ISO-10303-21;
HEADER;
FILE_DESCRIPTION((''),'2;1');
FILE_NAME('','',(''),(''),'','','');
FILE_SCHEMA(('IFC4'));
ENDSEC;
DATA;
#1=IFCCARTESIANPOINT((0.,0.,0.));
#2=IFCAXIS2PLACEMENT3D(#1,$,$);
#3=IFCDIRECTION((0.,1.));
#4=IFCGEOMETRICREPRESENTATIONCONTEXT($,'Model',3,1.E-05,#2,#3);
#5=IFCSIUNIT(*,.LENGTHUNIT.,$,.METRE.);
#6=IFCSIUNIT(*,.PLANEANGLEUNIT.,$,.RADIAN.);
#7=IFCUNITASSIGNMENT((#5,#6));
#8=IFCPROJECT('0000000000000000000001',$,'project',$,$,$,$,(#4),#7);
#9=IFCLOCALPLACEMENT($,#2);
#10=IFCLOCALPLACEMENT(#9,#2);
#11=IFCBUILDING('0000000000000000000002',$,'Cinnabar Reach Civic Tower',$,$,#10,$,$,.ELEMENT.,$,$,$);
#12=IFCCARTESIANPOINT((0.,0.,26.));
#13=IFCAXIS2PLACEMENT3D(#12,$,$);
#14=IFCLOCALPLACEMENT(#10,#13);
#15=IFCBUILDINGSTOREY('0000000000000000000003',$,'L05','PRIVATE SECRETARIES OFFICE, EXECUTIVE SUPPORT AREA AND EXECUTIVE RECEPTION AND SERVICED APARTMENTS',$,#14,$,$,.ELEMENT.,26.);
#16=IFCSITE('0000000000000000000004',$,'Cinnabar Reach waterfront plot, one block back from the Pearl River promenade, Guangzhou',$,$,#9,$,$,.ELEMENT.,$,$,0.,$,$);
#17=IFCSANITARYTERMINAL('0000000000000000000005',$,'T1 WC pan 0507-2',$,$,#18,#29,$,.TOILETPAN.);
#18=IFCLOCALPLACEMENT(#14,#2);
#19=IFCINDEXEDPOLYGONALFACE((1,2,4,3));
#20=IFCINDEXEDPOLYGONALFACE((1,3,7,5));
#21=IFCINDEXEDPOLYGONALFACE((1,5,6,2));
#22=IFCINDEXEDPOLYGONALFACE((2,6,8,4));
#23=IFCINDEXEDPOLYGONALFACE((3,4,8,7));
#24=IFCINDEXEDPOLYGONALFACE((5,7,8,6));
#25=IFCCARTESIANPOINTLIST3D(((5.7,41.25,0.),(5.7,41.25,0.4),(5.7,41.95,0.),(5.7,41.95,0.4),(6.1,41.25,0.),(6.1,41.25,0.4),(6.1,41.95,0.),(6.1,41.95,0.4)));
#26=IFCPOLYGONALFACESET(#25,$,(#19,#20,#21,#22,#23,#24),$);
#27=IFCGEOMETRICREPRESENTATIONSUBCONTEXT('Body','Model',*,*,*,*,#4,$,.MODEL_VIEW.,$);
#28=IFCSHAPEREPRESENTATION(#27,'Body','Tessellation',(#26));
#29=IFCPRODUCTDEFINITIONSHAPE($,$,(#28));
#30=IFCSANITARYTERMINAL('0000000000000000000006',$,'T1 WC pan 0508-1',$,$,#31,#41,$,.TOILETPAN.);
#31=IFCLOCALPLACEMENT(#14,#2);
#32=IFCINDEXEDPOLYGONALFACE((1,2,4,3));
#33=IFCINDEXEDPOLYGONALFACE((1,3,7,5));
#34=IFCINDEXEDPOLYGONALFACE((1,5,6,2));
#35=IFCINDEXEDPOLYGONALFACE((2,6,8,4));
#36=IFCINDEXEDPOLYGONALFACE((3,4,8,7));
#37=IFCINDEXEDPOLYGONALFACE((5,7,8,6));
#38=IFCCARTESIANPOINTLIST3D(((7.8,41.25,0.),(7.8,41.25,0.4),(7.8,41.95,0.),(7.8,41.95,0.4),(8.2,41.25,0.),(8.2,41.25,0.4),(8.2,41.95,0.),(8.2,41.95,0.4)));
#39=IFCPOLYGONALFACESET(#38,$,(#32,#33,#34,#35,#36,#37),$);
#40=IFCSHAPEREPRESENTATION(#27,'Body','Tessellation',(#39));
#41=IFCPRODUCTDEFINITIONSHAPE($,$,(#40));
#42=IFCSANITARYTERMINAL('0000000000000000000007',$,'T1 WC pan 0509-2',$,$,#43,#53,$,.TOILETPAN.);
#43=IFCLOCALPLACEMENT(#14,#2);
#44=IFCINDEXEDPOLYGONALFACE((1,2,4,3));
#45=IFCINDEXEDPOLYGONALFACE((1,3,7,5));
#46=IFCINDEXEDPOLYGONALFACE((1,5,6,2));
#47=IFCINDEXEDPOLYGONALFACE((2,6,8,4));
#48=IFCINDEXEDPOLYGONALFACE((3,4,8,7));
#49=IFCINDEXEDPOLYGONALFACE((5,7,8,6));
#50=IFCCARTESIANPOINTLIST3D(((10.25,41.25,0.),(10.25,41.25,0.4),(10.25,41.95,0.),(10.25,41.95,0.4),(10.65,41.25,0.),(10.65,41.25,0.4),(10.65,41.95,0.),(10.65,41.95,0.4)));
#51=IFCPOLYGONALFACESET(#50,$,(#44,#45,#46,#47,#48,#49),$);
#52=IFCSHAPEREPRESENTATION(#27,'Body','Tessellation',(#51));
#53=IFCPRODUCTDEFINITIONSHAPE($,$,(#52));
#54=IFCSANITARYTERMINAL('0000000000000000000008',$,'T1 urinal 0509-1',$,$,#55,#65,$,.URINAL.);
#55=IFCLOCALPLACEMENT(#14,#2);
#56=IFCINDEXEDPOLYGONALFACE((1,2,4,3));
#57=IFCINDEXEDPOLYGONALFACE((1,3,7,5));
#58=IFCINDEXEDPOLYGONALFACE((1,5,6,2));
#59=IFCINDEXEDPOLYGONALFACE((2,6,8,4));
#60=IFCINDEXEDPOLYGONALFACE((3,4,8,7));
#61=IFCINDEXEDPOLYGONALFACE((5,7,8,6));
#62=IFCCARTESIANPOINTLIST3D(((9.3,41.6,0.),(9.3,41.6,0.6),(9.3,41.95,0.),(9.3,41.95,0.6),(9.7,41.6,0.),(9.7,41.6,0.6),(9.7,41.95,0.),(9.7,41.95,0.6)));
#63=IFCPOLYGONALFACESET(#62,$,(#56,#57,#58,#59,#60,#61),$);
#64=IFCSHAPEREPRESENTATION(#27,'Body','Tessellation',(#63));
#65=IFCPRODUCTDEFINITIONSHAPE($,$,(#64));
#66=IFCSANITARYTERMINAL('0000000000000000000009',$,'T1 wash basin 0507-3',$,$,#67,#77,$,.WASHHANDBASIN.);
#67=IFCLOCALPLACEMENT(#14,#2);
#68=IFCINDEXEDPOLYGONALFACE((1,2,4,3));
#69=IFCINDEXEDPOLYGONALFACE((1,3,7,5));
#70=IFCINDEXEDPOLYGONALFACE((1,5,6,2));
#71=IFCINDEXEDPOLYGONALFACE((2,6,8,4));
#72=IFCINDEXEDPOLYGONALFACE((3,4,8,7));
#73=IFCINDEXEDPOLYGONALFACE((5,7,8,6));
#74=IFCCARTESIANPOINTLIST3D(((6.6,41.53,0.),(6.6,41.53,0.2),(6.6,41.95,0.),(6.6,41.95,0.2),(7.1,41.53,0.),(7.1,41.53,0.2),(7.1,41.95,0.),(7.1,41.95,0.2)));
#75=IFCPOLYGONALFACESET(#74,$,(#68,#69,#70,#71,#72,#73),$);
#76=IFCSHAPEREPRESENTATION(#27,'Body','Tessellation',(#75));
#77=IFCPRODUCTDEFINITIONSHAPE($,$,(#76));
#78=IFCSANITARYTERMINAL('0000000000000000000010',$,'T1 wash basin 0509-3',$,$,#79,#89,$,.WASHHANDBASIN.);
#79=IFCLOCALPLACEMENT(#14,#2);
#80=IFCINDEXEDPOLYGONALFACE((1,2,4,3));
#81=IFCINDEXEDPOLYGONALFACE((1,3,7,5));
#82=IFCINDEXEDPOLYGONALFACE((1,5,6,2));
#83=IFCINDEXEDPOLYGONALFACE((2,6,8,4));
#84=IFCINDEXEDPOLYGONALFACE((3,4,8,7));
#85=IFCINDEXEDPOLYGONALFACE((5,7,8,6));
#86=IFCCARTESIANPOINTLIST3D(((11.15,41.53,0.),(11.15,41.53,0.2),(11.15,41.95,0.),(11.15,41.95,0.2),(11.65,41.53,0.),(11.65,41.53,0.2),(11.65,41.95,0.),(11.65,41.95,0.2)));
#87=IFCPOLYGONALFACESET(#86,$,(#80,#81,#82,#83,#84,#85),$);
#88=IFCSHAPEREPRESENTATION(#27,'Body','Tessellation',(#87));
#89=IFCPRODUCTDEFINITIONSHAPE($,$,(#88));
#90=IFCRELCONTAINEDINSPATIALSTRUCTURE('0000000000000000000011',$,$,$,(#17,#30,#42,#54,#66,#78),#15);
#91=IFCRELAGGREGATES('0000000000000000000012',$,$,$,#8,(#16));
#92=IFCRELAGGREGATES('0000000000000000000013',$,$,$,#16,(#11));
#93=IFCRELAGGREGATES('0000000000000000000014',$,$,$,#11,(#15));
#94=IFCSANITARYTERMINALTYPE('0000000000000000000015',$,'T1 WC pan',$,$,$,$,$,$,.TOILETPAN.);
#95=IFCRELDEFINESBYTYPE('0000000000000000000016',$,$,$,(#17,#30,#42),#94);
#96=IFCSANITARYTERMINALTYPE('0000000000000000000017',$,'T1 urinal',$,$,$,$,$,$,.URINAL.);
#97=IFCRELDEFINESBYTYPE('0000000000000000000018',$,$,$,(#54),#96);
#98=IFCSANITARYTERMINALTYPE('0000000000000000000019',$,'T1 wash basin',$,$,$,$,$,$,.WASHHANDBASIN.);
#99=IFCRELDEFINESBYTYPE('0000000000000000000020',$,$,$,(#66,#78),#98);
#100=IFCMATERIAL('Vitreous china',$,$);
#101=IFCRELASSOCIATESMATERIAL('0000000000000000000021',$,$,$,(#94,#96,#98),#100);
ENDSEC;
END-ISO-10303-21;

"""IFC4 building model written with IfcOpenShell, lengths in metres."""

from ifc_helpers import new_model, si_unit, direction, frame, origin, origin_2d, place, context, subcontext, project, spatial, rectangle, extrude, material, type_object, element, save


model = new_model("IFC4")

# Units and contexts
model_context = context("Model", 3, precision=1e-05, world=origin(), true_north=direction((0.0, 1.0)))
body_context = subcontext(model_context, "Body", "Model", "MODEL_VIEW")
ifc_project = project(units=[si_unit("LENGTHUNIT", "METRE"), si_unit("PLANEANGLEUNIT", "RADIAN")], contexts=[model_context])

# Site, building, storey
site_placement = place(None, origin())
site = spatial("IfcSite", under=ifc_project, at=site_placement, Name="Cinnabar Reach waterfront plot, one block back from the Pearl River promenade, Guangzhou", CompositionType="ELEMENT", RefElevation=0.0)
building_placement = place(site_placement, origin())
building = spatial("IfcBuilding", under=site, at=building_placement, Name="Cinnabar Reach Civic Tower", CompositionType="ELEMENT")
storey_placement = place(building_placement, frame((0.0, 0.0, 26.0)))
storey = spatial("IfcBuildingStorey", under=building, at=storey_placement, Name="L05", Description="PRIVATE SECRETARIES OFFICE, EXECUTIVE SUPPORT AREA AND EXECUTIVE RECEPTION AND SERVICED APARTMENTS", CompositionType="ELEMENT", Elevation=26.0)

# Sanitary terminals
ifc_material_1 = material(Name="Vitreous china")
sanitary_terminal_type_1 = type_object("IfcSanitaryTerminalType", Name="T1 WC pan", PredefinedType="TOILETPAN", material=ifc_material_1)
for number, where, z_axis, x_axis, name in (
    (1, (5.9, 41.6, 0.0), (0.0, 0.0, 1.0), (1.0, 0.0, 0.0), "T1 WC pan 0507-2"),
    (2, (8.0, 41.6, 0.0), (0.0, 0.0, 1.0), (1.0, 0.0, 0.0), "T1 WC pan 0508-1"),
    (3, (10.45, 41.6, 0.0), (0.0, 0.0, 1.0), (1.0, 0.0, 0.0), "T1 WC pan 0509-2"),
):
    element("IfcSanitaryTerminal", number, at=place(storey_placement, frame(where, z_axis=z_axis, x_axis=x_axis)), inside=storey, type_object=sanitary_terminal_type_1, Name=name, PredefinedType="TOILETPAN", context=body_context, shape_type="SweptSolid", body=[
        extrude(rectangle(XDim=0.4, YDim=0.7, at=origin_2d()), origin(), (0.0, 0.0, 1.0), 0.4),
    ])
sanitary_terminal_type_2 = type_object("IfcSanitaryTerminalType", Name="T1 urinal", PredefinedType="URINAL", material=ifc_material_1)
sanitary_terminal_placement = place(storey_placement, frame((9.5, 41.775, 0.0), z_axis=(0.0, 0.0, 1.0), x_axis=(1.0, 0.0, 0.0)))
element("IfcSanitaryTerminal", 4, at=sanitary_terminal_placement, inside=storey, type_object=sanitary_terminal_type_2, Name="T1 urinal 0509-1", PredefinedType="URINAL", context=body_context, shape_type="SweptSolid", body=[
    extrude(rectangle(XDim=0.4, YDim=0.35, at=origin_2d()), origin(), (0.0, 0.0, 1.0), 0.6),
])
sanitary_terminal_type_3 = type_object("IfcSanitaryTerminalType", Name="T1 wash basin", PredefinedType="WASHHANDBASIN", material=ifc_material_1)
for number, where, z_axis, x_axis, name in (
    (5, (6.85, 41.74, 0.0), (0.0, 0.0, 1.0), (1.0, 0.0, 0.0), "T1 wash basin 0507-3"),
    (6, (11.4, 41.74, 0.0), (0.0, 0.0, 1.0), (1.0, 0.0, 0.0), "T1 wash basin 0509-3"),
):
    element("IfcSanitaryTerminal", number, at=place(storey_placement, frame(where, z_axis=z_axis, x_axis=x_axis)), inside=storey, type_object=sanitary_terminal_type_3, Name=name, PredefinedType="WASHHANDBASIN", context=body_context, shape_type="SweptSolid", body=[
        extrude(rectangle(XDim=0.5, YDim=0.42, at=origin_2d()), origin(), (0.0, 0.0, 1.0), 0.2),
    ])

save(model, "model.ifc")
